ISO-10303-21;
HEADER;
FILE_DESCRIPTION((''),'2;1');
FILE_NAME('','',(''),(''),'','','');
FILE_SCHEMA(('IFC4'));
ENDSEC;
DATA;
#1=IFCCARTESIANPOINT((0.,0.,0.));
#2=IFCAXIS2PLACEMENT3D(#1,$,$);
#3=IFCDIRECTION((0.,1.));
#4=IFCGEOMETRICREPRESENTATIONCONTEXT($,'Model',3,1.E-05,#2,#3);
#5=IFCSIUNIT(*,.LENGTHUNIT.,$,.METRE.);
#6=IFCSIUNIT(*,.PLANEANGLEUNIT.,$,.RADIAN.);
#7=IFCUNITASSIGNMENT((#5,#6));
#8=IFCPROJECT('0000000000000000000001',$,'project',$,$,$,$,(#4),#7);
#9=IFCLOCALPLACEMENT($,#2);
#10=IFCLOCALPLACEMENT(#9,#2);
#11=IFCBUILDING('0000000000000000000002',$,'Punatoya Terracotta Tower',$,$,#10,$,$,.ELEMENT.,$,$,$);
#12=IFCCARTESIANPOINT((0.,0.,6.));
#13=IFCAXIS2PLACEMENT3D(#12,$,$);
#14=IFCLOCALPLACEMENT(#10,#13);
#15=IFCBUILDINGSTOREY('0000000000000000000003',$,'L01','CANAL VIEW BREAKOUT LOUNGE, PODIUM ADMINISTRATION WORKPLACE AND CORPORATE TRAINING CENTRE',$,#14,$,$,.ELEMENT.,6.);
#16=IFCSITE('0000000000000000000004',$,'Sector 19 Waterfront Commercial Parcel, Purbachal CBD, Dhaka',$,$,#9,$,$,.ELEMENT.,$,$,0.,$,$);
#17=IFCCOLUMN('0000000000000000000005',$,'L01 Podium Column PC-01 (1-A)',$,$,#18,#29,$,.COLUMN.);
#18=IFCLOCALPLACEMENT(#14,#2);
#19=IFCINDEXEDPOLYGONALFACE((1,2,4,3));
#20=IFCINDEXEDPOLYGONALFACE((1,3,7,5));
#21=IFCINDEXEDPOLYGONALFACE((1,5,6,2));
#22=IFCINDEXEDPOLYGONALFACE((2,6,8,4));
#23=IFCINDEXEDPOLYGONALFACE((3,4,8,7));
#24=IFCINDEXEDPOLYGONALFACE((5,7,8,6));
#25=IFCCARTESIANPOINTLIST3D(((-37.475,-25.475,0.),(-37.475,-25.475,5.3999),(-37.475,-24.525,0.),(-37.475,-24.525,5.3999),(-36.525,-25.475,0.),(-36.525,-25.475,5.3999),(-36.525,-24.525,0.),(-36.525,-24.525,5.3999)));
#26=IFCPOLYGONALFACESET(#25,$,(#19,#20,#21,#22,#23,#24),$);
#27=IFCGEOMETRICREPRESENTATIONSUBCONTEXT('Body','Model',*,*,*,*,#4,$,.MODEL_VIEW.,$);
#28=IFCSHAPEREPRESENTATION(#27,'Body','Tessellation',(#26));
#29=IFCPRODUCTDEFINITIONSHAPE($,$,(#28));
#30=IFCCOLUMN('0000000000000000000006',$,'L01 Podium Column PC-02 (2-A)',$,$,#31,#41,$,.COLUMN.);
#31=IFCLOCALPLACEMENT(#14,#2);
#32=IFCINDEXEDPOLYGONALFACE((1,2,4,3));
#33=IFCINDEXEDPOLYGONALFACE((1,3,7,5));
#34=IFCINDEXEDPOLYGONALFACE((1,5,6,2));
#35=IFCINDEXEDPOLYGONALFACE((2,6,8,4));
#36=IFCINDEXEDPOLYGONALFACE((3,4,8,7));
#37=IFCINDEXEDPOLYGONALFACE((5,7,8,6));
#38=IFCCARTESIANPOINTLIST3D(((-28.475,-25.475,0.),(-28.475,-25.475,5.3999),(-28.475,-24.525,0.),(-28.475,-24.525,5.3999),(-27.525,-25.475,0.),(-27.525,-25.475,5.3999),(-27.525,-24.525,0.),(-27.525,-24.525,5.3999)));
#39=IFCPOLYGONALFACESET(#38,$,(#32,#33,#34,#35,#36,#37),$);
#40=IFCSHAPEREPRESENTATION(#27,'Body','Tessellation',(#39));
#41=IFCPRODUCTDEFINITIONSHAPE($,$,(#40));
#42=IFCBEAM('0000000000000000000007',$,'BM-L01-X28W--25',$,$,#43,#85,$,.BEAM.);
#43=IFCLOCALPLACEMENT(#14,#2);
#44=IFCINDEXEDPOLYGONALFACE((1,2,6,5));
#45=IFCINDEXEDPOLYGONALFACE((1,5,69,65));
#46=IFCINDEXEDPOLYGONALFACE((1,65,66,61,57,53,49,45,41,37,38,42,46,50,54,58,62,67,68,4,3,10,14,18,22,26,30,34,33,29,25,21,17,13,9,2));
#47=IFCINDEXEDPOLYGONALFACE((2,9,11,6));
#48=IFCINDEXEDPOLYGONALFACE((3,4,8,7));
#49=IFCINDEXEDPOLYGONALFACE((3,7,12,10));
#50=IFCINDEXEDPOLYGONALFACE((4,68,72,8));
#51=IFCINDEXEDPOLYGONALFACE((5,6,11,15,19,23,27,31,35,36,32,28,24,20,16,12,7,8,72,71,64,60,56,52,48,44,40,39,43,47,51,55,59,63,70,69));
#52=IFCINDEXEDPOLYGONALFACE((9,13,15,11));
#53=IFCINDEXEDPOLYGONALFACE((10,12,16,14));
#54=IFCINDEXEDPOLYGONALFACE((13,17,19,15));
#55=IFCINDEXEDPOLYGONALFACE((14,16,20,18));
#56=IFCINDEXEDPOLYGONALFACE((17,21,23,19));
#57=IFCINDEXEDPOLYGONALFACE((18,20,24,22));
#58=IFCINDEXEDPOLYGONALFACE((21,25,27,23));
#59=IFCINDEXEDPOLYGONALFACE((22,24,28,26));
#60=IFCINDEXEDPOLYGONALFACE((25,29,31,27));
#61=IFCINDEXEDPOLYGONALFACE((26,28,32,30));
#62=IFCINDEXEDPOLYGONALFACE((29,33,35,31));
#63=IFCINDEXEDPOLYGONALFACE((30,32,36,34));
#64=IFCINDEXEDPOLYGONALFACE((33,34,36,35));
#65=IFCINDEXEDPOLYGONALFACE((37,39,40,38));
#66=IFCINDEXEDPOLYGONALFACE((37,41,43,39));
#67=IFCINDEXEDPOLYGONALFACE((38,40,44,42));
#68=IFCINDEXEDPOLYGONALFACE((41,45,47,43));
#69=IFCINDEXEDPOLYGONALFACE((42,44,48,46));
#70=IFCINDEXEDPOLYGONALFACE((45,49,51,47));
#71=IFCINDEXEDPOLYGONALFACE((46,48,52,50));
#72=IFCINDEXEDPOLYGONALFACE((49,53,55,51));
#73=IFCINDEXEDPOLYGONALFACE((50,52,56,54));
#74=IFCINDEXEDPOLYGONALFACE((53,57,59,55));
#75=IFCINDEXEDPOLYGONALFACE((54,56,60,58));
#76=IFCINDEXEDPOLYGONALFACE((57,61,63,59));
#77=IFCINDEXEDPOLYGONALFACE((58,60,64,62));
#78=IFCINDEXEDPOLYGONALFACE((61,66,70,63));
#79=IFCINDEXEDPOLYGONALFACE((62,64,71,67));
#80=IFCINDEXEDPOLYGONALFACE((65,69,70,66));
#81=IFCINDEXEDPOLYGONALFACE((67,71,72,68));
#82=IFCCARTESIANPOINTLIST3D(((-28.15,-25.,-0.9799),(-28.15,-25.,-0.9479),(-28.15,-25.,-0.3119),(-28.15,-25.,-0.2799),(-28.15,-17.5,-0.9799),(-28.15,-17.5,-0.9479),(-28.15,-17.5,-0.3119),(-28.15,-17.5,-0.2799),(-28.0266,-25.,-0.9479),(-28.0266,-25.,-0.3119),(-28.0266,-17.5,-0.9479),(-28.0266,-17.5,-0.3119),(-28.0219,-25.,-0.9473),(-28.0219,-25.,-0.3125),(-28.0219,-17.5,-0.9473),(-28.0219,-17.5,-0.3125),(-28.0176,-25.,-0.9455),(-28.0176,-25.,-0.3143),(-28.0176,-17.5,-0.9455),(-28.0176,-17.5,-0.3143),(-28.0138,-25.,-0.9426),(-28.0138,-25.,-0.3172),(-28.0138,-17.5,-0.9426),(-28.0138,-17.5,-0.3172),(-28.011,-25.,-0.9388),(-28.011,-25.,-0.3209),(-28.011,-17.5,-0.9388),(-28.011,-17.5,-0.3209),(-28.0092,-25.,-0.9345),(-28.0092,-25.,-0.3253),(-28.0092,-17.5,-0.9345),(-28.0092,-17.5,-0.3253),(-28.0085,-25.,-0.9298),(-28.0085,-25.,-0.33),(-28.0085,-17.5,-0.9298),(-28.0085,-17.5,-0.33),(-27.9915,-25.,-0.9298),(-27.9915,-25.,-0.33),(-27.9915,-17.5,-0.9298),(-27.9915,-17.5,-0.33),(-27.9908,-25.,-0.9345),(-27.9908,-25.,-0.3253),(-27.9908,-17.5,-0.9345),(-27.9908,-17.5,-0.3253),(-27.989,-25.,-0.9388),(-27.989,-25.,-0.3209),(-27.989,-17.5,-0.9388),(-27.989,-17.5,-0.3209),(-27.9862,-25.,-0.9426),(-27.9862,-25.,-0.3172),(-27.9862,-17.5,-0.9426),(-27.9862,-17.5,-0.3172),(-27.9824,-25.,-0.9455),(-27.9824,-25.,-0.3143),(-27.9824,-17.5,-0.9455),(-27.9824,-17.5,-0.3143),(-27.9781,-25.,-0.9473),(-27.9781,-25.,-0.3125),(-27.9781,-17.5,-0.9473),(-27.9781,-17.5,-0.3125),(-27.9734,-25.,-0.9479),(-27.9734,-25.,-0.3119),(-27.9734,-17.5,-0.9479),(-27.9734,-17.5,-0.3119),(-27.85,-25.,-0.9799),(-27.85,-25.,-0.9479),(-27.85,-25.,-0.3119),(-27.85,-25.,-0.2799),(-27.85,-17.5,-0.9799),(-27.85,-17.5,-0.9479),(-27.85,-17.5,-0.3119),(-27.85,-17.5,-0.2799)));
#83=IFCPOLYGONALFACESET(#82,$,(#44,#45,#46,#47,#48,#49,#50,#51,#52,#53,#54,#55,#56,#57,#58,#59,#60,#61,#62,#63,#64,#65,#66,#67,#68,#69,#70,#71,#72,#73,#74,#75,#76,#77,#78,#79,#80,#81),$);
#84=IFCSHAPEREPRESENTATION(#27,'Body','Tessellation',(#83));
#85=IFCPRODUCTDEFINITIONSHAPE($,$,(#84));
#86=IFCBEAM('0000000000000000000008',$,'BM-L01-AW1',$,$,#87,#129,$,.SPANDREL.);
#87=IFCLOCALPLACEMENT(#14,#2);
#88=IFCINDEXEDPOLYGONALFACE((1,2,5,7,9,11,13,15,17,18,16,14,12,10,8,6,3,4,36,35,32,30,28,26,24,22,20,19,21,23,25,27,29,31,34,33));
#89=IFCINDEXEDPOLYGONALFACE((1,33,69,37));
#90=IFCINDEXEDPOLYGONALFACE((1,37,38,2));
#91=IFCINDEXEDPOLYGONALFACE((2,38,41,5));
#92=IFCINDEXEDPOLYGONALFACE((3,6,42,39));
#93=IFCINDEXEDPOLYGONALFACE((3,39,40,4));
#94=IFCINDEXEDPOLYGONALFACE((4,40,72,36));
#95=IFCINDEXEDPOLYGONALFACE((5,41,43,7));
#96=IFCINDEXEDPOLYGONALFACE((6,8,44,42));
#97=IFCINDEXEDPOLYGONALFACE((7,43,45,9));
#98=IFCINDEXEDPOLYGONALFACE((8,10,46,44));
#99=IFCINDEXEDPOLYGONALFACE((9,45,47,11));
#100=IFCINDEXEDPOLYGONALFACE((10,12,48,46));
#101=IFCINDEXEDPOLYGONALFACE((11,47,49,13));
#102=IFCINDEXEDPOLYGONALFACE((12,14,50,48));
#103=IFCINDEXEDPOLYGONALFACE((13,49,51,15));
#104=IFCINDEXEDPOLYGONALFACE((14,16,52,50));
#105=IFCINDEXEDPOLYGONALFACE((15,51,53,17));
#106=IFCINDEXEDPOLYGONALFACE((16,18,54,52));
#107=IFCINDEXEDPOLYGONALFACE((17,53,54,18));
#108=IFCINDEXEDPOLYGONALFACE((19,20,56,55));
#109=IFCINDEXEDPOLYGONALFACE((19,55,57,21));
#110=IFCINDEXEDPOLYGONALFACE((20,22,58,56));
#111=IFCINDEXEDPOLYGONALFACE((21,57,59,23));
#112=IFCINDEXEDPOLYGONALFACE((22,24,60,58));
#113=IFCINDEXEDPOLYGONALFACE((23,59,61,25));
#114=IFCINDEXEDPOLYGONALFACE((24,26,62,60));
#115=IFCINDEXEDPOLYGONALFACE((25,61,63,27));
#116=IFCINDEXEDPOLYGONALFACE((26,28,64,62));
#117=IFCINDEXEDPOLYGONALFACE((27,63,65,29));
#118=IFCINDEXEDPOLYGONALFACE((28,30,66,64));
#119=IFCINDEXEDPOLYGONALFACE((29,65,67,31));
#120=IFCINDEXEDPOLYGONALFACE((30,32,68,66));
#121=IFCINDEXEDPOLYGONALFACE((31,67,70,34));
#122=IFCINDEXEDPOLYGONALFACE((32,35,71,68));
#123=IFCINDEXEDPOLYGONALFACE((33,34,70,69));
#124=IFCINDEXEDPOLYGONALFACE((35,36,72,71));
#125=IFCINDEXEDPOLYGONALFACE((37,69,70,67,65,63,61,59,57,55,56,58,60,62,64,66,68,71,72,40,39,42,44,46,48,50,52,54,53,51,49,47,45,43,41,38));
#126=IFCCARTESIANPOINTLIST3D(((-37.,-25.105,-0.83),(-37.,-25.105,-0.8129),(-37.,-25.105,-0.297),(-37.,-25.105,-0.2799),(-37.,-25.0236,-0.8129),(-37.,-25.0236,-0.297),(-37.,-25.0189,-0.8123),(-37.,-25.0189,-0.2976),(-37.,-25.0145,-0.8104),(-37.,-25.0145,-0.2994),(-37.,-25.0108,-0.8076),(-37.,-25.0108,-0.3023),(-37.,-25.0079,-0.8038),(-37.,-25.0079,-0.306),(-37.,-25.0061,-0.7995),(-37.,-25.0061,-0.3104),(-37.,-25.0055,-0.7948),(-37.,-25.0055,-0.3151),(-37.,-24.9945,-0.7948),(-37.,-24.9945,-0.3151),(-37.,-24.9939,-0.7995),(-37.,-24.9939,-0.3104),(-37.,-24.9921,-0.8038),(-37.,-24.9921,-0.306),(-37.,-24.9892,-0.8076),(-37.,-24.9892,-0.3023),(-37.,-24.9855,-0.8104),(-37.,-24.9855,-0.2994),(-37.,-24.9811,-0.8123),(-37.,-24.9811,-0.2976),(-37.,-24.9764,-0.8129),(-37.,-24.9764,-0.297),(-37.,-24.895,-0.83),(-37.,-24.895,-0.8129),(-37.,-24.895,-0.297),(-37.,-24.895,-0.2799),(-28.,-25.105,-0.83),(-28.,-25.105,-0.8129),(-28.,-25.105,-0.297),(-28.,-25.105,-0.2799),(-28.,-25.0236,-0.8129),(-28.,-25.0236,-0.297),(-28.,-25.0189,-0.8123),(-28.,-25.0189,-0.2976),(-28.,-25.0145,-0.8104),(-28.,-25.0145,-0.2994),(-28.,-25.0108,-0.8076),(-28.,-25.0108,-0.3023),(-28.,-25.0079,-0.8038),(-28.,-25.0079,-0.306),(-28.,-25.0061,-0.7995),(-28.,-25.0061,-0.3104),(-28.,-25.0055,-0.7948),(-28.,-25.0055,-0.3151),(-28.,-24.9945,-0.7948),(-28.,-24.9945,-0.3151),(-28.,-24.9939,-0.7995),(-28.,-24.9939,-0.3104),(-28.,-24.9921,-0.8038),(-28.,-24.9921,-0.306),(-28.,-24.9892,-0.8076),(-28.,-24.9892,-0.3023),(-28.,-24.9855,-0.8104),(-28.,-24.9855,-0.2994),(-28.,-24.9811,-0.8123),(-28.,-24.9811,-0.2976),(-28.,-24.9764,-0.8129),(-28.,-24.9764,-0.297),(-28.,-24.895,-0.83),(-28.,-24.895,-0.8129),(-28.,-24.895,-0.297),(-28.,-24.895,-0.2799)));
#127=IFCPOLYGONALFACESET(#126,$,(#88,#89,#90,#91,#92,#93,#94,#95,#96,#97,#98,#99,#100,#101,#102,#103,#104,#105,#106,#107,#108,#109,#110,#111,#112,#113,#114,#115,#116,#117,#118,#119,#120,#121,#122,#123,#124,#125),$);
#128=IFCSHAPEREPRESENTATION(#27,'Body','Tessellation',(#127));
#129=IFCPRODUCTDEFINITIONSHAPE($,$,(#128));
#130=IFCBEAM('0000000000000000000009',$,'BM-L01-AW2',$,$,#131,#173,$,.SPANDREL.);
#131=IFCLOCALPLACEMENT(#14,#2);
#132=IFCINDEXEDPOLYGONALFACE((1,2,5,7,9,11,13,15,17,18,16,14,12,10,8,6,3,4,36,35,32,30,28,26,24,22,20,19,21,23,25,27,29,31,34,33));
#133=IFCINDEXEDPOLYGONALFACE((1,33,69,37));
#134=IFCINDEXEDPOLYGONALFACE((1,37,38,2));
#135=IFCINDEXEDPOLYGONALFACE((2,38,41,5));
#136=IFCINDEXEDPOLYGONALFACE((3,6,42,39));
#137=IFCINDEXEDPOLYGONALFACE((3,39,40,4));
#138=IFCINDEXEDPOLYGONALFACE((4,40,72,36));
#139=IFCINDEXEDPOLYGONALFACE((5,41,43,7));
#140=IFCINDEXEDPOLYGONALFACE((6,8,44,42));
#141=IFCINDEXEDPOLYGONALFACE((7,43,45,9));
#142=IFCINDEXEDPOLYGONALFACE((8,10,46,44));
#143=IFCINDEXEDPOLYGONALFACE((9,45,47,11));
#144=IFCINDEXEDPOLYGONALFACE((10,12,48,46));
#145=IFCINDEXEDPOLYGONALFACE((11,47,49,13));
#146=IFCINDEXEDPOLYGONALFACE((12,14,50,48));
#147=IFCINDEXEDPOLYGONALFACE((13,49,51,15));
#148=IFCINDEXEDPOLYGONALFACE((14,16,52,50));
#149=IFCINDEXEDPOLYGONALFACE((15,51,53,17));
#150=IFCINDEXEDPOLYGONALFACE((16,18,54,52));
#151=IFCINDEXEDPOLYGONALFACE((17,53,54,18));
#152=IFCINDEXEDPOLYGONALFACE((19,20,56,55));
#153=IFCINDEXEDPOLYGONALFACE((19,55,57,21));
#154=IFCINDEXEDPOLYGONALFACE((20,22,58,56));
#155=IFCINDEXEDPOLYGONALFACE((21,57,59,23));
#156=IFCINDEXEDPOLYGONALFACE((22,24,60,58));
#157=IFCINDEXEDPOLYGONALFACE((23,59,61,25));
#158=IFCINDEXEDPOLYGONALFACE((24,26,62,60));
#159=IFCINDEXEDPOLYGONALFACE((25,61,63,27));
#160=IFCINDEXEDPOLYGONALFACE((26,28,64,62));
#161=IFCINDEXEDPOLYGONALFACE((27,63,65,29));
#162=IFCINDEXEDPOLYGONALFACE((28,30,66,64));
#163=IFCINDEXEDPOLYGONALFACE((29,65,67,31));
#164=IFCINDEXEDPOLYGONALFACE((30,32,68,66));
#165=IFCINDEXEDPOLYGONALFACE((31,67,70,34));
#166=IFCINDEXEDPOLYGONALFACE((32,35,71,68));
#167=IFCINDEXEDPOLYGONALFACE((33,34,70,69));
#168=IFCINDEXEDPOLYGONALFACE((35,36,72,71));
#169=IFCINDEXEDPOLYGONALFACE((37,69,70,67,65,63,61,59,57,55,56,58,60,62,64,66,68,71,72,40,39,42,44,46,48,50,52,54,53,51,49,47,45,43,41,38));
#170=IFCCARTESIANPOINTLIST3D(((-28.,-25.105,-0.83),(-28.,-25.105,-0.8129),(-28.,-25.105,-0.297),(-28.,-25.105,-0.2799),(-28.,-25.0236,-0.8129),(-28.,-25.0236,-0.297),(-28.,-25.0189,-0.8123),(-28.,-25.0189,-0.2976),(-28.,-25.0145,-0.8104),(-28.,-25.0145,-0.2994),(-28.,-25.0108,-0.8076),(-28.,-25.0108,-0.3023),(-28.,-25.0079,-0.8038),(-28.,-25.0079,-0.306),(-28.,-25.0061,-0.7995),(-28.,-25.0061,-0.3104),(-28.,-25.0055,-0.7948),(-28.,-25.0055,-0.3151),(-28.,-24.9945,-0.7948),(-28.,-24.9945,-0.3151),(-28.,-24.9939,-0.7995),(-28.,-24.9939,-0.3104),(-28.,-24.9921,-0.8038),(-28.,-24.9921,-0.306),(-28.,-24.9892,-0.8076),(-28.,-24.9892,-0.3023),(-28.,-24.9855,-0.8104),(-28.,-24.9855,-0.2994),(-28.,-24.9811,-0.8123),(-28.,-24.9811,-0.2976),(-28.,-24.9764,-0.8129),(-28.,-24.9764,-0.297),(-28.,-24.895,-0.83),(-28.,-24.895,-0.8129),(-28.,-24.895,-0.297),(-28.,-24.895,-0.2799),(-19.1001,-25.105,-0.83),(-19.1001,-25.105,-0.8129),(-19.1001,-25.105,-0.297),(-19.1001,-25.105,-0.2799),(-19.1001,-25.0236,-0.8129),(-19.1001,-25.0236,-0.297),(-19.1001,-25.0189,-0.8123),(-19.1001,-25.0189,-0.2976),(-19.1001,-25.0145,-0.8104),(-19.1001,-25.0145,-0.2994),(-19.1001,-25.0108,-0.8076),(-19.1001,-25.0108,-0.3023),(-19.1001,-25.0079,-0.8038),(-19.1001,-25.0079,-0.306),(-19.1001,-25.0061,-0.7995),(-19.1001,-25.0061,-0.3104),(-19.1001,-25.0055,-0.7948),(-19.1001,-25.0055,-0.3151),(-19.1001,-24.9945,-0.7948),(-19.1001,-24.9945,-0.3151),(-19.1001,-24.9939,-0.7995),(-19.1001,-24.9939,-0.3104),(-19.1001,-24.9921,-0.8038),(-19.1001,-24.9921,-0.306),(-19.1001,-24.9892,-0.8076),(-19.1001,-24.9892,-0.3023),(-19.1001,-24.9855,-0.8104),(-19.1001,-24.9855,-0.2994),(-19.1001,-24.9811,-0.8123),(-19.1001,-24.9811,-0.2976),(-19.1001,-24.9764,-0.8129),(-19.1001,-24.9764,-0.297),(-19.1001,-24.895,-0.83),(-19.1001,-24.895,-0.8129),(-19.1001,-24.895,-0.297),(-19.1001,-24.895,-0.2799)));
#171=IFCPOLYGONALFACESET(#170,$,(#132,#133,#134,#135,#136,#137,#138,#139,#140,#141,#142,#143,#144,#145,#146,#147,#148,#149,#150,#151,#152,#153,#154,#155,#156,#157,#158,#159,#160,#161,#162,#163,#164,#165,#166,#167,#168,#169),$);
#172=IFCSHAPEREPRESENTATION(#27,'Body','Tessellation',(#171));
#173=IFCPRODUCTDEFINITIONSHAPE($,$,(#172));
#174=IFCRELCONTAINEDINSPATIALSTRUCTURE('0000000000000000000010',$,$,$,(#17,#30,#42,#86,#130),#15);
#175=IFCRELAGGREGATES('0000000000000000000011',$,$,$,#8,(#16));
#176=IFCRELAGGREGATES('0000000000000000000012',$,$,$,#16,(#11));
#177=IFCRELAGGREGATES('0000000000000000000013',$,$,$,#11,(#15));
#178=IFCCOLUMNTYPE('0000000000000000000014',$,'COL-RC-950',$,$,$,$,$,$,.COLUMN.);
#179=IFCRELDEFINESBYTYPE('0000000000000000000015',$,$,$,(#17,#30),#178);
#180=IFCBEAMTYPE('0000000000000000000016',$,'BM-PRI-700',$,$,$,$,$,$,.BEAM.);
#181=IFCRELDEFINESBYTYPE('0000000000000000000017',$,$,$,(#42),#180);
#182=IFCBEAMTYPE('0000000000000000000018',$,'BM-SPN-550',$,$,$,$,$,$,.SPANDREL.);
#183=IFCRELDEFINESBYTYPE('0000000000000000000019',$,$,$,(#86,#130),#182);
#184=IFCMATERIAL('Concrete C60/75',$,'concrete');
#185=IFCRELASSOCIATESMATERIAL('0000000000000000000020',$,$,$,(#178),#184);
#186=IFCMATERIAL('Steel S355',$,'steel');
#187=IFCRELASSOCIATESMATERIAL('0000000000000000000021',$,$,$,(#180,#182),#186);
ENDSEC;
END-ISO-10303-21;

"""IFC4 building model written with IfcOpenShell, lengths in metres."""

from ifc_helpers import new_model, si_unit, direction, frame, origin, origin_2d, place, context, subcontext, project, spatial, rectangle, i_section, extrude, material, material_profile, profile_set, type_object, element, save


model = new_model("IFC4")

# Units and contexts
model_context = context("Model", 3, precision=1e-05, world=origin(), true_north=direction((0.0, 1.0)))
body_context = subcontext(model_context, "Body", "Model", "MODEL_VIEW")
ifc_project = project(units=[si_unit("LENGTHUNIT", "METRE"), si_unit("PLANEANGLEUNIT", "RADIAN")], contexts=[model_context])

# Site, building, storey
site_placement = place(None, origin())
site = spatial("IfcSite", under=ifc_project, at=site_placement, Name="Sector 19 Waterfront Commercial Parcel, Purbachal CBD, Dhaka", CompositionType="ELEMENT", RefElevation=0.0)
building_placement = place(site_placement, origin())
building = spatial("IfcBuilding", under=site, at=building_placement, Name="Punatoya Terracotta Tower", CompositionType="ELEMENT")
storey_placement = place(building_placement, frame((0.0, 0.0, 6.0)))
storey = spatial("IfcBuildingStorey", under=building, at=storey_placement, Name="L01", Description="CANAL VIEW BREAKOUT LOUNGE, PODIUM ADMINISTRATION WORKPLACE AND CORPORATE TRAINING CENTRE", CompositionType="ELEMENT", Elevation=6.0)

# Columns
ifc_material_1 = material(Name="Concrete C60/75", Category="concrete")
ifc_material_profile_1 = material_profile(ifc_material_1, rectangle(XDim=0.95, YDim=0.95, at=origin_2d()))
ifc_profile_set_1 = profile_set([ifc_material_profile_1], Name="Concrete C60/75")
column_type = type_object("IfcColumnType", Name="COL-RC-950", PredefinedType="COLUMN", material=ifc_profile_set_1)
for number, where, z_axis, x_axis, name in (
    (1, (-37.0, -25.0, 0.0), (0.0, 0.0, 1.0), (1.0, 0.0, 0.0), "L01 Podium Column PC-01 (1-A)"),
    (2, (-28.0, -25.0, 0.0), (0.0, 0.0, 1.0), (1.0, 0.0, 0.0), "L01 Podium Column PC-02 (2-A)"),
):
    element("IfcColumn", number, at=place(storey_placement, frame(where, z_axis=z_axis, x_axis=x_axis)), inside=storey, type_object=column_type, Name=name, PredefinedType="COLUMN", context=body_context, shape_type="SweptSolid", body=[
        extrude(rectangle(XDim=0.95, YDim=0.95, at=origin_2d()), origin(), (0.0, 0.0, 1.0), 5.3999),
    ])

# Beams
ifc_material_2 = material(Name="Steel S355", Category="steel")
ifc_material_profile_2 = material_profile(ifc_material_2, i_section(OverallWidth=0.3, OverallDepth=0.7, WebThickness=0.0171, FlangeThickness=0.032, FilletRadius=0.0181, at=origin_2d()))
ifc_profile_set_2 = profile_set([ifc_material_profile_2], Name="Steel S355")
beam_type_1 = type_object("IfcBeamType", Name="BM-PRI-700", PredefinedType="BEAM", material=ifc_profile_set_2)
beam_1_placement = place(storey_placement, frame((-28.0, -25.0, -0.6299), z_axis=(0.0, 1.0, 0.0), x_axis=(-1.0, 0.0, 0.0)))
element("IfcBeam", 3, at=beam_1_placement, inside=storey, type_object=beam_type_1, Name="BM-L01-X28W--25", PredefinedType="BEAM", context=body_context, shape_type="SweptSolid", body=[
    extrude(i_section(OverallWidth=0.3, OverallDepth=0.7, WebThickness=0.0171, FlangeThickness=0.032, FilletRadius=0.0181, at=origin_2d()), origin(), (0.0, 0.0, 1.0), 7.5),
])
ifc_material_profile_3 = material_profile(ifc_material_2, i_section(OverallWidth=0.21, OverallDepth=0.55, WebThickness=0.011, FlangeThickness=0.0171, FilletRadius=0.0181, at=origin_2d()))
ifc_profile_set_3 = profile_set([ifc_material_profile_3], Name="Steel S355")
beam_type_2 = type_object("IfcBeamType", Name="BM-SPN-550", PredefinedType="SPANDREL", material=ifc_profile_set_3)
beam_2_placement = place(storey_placement, frame((-37.0, -25.0, -0.5549), z_axis=(1.0, 0.0, 0.0), x_axis=(0.0, 1.0, 0.0)))
element("IfcBeam", 4, at=beam_2_placement, inside=storey, type_object=beam_type_2, Name="BM-L01-AW1", PredefinedType="SPANDREL", context=body_context, shape_type="SweptSolid", body=[
    extrude(i_section(OverallWidth=0.21, OverallDepth=0.55, WebThickness=0.011, FlangeThickness=0.0171, FilletRadius=0.0181, at=origin_2d()), origin(), (0.0, 0.0, 1.0), 9.0),
])
beam_3_placement = place(storey_placement, frame((-28.0, -25.0, -0.5549), z_axis=(1.0, 0.0, 0.0), x_axis=(0.0, 1.0, 0.0)))
element("IfcBeam", 5, at=beam_3_placement, inside=storey, type_object=beam_type_2, Name="BM-L01-AW2", PredefinedType="SPANDREL", context=body_context, shape_type="SweptSolid", body=[
    extrude(i_section(OverallWidth=0.21, OverallDepth=0.55, WebThickness=0.011, FlangeThickness=0.0171, FilletRadius=0.0181, at=origin_2d()), origin(), (0.0, 0.0, 1.0), 8.8999),
])

save(model, "model.ifc")
